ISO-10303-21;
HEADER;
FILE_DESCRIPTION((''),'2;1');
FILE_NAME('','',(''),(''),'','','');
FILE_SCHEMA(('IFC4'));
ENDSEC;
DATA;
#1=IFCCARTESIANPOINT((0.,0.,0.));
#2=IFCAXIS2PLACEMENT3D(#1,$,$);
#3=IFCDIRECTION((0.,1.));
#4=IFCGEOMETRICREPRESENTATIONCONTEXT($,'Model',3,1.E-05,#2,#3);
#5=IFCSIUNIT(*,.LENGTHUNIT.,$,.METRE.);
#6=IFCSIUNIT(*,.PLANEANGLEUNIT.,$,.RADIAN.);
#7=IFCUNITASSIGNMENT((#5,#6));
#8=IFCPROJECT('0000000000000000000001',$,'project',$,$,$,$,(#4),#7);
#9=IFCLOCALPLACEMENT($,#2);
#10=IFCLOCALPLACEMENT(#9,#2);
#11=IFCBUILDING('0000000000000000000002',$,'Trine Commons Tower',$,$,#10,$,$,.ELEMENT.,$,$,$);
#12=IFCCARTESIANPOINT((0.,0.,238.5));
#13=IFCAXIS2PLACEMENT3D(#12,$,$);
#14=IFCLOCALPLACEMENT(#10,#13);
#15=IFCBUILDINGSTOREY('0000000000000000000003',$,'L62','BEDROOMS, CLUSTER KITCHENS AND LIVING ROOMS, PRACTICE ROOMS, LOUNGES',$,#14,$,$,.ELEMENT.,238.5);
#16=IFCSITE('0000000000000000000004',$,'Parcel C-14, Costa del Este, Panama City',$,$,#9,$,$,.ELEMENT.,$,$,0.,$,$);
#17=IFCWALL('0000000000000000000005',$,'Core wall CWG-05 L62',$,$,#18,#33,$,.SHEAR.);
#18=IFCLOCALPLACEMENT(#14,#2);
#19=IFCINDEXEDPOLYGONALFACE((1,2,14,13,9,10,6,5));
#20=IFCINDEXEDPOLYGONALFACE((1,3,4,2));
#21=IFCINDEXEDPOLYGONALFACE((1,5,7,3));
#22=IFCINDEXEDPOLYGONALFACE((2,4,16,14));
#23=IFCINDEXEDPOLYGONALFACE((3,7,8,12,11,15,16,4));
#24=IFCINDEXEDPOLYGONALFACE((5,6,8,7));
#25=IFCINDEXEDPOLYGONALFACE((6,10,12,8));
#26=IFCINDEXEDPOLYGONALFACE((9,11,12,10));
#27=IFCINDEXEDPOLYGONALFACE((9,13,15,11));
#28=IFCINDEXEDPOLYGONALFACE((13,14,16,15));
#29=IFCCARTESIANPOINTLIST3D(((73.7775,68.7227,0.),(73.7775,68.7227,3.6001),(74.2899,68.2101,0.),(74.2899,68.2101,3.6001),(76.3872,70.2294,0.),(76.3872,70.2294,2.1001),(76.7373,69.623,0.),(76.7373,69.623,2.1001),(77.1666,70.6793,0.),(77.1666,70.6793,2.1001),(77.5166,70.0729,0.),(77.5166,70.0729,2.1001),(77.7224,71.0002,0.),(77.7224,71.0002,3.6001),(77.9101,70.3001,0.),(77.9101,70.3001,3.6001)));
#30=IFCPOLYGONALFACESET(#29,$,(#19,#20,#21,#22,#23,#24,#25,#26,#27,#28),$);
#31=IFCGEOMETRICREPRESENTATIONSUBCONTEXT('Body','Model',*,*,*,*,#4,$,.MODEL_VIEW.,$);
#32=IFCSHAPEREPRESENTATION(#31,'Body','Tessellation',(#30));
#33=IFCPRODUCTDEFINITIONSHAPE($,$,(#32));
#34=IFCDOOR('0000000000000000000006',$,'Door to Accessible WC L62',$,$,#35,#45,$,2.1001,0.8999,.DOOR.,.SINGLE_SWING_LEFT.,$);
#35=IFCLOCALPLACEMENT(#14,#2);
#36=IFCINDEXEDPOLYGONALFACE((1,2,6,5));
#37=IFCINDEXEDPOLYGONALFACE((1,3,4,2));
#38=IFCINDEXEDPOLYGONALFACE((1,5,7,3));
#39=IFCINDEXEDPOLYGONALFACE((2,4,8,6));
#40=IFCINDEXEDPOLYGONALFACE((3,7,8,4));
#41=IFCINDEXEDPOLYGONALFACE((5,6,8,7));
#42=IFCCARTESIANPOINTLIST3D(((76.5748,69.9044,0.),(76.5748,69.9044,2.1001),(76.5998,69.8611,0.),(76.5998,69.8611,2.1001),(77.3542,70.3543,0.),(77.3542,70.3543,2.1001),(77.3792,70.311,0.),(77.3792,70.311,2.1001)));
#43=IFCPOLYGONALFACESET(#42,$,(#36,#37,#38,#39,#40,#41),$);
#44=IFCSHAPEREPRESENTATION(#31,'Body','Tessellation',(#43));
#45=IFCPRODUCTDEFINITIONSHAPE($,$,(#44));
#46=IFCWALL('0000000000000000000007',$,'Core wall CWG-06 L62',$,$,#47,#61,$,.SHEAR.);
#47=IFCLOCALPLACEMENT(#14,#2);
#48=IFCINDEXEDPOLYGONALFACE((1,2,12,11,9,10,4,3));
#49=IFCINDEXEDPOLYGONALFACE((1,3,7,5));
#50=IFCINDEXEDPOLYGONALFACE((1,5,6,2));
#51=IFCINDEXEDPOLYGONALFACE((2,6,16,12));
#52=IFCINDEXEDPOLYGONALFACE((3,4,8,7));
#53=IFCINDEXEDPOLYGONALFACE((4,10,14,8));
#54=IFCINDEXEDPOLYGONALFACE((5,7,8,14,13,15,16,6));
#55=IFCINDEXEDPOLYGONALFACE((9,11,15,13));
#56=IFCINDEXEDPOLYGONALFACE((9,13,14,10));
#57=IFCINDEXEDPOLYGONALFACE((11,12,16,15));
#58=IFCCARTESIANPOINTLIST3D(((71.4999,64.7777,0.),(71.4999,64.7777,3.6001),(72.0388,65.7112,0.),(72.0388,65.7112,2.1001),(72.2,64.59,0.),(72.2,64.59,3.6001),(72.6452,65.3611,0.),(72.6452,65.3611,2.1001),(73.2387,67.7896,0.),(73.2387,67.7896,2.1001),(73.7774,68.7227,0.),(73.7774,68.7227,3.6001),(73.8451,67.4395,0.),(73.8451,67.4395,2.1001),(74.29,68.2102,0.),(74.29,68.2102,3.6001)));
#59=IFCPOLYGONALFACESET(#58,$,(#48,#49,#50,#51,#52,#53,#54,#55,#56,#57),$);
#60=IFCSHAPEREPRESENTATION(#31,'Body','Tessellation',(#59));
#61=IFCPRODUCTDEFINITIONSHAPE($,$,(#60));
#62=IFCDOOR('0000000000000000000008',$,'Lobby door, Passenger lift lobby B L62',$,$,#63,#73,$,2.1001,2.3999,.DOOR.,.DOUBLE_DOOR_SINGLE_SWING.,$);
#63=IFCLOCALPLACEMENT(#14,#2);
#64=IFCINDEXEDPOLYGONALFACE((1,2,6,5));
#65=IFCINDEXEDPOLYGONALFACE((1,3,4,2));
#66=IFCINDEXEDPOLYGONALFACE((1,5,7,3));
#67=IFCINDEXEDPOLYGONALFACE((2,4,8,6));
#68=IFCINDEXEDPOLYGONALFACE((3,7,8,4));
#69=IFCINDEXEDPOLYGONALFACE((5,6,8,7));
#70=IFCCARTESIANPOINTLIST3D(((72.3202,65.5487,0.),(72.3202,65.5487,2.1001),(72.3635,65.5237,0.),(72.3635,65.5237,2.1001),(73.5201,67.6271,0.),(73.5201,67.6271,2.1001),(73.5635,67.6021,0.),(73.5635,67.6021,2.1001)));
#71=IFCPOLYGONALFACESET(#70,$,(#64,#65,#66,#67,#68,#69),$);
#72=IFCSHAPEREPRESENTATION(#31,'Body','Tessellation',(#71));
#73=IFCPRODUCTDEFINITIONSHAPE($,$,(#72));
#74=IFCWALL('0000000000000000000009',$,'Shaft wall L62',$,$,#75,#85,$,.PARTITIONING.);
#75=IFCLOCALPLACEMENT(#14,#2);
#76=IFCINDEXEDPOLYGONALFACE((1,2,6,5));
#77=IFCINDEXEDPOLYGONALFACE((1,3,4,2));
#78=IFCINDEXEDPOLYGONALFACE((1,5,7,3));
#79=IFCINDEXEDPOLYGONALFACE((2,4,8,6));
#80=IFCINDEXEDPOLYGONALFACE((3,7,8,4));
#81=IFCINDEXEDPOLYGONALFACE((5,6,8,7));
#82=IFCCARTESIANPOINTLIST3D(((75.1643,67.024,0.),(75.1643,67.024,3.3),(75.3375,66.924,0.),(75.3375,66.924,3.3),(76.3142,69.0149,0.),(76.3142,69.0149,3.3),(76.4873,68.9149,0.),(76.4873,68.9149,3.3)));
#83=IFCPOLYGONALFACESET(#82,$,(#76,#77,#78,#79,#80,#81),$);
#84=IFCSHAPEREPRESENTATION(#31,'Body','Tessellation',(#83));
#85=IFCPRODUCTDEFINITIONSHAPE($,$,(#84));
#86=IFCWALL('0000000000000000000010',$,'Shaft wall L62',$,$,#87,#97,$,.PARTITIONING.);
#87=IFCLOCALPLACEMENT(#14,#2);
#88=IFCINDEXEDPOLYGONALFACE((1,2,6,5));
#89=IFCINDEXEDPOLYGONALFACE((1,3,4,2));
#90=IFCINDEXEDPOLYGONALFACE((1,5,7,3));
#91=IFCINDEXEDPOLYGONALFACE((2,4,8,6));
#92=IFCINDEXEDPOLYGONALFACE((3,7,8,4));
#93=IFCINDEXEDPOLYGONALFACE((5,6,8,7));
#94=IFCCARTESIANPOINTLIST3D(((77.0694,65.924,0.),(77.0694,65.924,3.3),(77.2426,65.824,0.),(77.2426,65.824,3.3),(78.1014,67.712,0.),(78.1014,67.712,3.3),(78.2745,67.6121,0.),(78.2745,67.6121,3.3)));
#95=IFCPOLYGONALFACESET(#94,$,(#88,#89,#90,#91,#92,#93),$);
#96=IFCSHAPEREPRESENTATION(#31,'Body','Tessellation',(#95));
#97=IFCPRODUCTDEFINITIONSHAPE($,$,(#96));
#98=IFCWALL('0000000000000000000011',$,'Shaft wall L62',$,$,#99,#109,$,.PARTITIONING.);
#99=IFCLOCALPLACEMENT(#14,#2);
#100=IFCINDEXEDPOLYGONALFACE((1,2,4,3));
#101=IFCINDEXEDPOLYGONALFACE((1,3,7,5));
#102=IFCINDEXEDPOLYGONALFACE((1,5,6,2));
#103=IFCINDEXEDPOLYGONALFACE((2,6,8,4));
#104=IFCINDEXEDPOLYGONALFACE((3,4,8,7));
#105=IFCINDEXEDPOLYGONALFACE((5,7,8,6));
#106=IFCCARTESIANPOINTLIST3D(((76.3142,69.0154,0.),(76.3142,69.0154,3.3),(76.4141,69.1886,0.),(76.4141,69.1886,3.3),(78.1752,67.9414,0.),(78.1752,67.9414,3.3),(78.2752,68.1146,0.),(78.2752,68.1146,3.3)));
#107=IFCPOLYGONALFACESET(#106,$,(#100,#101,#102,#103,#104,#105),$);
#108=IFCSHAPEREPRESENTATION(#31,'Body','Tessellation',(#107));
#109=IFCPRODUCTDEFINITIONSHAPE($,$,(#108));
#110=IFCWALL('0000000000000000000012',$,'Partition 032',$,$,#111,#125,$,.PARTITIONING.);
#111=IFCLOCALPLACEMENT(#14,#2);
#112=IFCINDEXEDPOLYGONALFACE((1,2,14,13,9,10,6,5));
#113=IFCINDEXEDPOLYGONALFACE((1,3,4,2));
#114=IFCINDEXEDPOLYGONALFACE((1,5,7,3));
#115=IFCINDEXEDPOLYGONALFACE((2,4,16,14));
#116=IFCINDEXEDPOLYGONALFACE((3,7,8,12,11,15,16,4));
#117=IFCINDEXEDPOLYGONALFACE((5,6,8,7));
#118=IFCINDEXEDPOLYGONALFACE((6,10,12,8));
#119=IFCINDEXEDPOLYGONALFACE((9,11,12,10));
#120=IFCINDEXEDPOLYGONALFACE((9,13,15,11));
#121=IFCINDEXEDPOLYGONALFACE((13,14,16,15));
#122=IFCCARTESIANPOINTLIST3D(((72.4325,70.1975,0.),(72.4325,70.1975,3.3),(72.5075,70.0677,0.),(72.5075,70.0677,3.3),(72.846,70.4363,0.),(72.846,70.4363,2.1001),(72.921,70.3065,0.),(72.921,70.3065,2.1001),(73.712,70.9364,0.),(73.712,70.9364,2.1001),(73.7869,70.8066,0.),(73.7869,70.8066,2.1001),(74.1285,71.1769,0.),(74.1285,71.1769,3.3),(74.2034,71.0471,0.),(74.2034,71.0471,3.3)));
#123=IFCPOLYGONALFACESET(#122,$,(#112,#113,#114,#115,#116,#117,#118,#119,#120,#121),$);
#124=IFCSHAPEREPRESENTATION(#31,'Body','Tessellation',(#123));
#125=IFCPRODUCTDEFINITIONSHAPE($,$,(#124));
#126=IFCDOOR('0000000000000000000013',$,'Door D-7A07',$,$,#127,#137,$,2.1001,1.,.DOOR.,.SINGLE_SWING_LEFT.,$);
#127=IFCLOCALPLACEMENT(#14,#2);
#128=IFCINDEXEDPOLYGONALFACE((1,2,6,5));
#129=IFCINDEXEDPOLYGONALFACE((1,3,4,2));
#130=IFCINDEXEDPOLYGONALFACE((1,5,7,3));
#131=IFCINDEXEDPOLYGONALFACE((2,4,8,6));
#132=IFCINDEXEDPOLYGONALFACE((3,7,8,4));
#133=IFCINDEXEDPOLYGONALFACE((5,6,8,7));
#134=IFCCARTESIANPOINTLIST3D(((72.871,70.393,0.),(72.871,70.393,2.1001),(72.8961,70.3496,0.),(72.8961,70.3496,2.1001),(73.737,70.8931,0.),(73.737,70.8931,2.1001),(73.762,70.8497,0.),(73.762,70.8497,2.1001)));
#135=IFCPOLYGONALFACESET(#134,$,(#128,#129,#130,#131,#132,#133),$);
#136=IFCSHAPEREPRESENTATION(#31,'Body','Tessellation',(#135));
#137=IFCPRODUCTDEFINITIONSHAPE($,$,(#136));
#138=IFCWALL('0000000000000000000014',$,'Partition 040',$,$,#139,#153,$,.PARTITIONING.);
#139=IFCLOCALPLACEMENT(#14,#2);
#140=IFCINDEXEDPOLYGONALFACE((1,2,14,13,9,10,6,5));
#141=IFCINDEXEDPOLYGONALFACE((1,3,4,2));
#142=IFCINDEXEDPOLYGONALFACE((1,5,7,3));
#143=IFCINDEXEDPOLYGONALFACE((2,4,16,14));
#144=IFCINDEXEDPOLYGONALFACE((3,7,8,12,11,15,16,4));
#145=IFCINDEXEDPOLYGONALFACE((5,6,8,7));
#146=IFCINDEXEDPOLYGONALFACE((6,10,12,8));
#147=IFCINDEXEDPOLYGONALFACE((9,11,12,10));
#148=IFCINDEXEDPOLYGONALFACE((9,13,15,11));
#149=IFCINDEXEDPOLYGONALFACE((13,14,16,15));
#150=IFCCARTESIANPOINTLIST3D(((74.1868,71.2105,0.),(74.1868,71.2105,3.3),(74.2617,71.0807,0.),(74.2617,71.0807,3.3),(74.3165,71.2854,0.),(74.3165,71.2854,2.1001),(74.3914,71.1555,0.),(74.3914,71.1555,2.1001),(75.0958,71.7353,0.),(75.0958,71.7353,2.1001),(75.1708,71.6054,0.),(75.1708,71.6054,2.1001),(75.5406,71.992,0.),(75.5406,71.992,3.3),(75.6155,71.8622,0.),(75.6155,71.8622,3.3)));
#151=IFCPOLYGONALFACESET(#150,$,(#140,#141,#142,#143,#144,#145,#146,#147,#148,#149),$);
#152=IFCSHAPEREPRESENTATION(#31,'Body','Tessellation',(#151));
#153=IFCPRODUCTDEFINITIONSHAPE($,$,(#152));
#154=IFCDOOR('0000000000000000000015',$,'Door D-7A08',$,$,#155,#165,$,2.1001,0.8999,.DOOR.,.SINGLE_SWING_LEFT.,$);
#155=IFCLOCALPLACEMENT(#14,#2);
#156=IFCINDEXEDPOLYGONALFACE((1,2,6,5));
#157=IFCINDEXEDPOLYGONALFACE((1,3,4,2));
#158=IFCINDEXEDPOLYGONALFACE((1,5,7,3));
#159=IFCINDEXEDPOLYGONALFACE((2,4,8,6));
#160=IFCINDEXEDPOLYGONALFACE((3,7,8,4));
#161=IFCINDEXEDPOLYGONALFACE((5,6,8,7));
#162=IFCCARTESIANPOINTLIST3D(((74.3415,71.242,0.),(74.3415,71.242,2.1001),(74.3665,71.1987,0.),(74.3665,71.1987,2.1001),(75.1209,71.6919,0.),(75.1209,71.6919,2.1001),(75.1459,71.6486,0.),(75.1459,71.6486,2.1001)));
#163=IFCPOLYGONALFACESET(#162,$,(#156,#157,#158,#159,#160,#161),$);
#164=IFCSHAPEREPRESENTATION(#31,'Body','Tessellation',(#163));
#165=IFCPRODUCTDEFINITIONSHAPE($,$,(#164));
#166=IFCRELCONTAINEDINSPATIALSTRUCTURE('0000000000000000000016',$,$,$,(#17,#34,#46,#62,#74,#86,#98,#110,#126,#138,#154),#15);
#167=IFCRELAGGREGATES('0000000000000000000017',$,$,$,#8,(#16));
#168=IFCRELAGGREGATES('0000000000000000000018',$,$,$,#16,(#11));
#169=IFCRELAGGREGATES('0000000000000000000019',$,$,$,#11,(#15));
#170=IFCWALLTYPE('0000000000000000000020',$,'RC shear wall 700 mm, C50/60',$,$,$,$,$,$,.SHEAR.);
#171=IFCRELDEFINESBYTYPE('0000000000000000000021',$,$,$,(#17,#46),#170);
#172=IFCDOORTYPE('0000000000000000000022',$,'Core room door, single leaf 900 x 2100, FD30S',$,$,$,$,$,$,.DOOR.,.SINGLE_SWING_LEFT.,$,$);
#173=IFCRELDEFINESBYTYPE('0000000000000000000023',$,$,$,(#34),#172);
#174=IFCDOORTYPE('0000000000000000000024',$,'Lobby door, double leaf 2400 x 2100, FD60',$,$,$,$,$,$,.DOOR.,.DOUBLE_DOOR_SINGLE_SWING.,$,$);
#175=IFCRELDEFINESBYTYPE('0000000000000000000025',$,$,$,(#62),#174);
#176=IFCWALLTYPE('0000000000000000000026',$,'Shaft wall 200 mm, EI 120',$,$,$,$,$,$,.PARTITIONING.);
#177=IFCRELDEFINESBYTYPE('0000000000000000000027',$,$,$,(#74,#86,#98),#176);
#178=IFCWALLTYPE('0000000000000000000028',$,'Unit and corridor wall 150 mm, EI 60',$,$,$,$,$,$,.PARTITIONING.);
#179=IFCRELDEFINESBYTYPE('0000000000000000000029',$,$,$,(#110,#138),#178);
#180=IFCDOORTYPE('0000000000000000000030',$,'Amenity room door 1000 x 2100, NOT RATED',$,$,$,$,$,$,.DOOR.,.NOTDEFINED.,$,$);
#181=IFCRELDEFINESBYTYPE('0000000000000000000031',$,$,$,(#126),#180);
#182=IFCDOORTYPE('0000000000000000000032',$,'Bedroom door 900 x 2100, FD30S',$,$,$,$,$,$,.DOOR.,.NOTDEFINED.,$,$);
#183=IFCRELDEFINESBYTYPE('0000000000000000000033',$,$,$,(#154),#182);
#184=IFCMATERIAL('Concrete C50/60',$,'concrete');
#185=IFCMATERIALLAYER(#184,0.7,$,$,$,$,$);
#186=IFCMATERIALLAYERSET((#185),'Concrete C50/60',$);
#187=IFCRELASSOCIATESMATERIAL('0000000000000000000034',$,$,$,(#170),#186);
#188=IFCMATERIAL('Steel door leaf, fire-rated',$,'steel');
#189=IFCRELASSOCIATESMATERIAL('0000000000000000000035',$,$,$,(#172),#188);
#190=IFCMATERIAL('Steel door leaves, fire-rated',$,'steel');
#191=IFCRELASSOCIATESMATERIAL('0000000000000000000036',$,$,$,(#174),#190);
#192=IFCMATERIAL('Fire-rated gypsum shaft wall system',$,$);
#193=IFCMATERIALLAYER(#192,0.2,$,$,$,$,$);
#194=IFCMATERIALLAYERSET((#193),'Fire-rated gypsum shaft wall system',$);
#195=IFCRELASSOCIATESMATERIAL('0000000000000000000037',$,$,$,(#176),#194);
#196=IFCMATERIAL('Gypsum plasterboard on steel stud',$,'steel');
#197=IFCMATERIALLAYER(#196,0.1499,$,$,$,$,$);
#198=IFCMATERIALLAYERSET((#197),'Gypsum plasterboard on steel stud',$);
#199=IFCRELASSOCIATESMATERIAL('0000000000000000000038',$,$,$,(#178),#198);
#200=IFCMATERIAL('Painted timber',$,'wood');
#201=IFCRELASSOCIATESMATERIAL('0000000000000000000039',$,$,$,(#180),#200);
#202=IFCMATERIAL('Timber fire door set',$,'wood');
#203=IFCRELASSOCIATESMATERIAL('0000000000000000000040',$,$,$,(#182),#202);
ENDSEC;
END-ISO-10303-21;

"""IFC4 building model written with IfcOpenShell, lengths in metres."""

from ifc_helpers import new_model, si_unit, direction, frame, frame_2d, origin, place, context, subcontext, project, spatial, polyline, rectangle, outline, extrude, material, layer, layer_set, type_object, element, fill, save


model = new_model("IFC4")

# Units and contexts
model_context = context("Model", 3, precision=1e-05, world=origin(), true_north=direction((0.0, 1.0)))
body_context = subcontext(model_context, "Body", "Model", "MODEL_VIEW")
ifc_project = project(units=[si_unit("LENGTHUNIT", "METRE"), si_unit("PLANEANGLEUNIT", "RADIAN")], contexts=[model_context])

# Site, building, storey
site_placement = place(None, origin())
site = spatial("IfcSite", under=ifc_project, at=site_placement, Name="Parcel C-14, Costa del Este, Panama City", CompositionType="ELEMENT", RefElevation=0.0)
building_placement = place(site_placement, origin())
building = spatial("IfcBuilding", under=site, at=building_placement, Name="Trine Commons Tower", CompositionType="ELEMENT")
storey_placement = place(building_placement, frame((0.0, 0.0, 238.5)))
storey = spatial("IfcBuildingStorey", under=building, at=storey_placement, Name="L62", Description="BEDROOMS, CLUSTER KITCHENS AND LIVING ROOMS, PRACTICE ROOMS, LOUNGES", CompositionType="ELEMENT", Elevation=238.5)

# Walls, openings, doors
ifc_material_1 = material(Name="Concrete C50/60", Category="concrete")
ifc_layer_1 = layer(ifc_material_1, 0.7)
ifc_layer_set_1 = layer_set([ifc_layer_1], Name="Concrete C50/60")
wall_type_1 = type_object("IfcWallType", Name="RC shear wall 700 mm, C50/60", PredefinedType="SHEAR", material=ifc_layer_set_1)
wall_1_placement = place(storey_placement, frame((77.8975, 70.697, 0.0), z_axis=(0.0, 0.0, 1.0), x_axis=(-0.866035, -0.499984, 0.0)))
wall_1 = element("IfcWall", 1, at=wall_1_placement, inside=storey, type_object=wall_type_1, Name="Core wall CWG-05 L62", PredefinedType="SHEAR", context=body_context, shape_type="SweptSolid", body=[
    extrude(outline(polyline([(0.0, -0.3501), (4.5552, -0.3501), (4.3677, 0.3501), (0.1875, 0.3501), (0.0, -0.3501)])), origin(), (0.0, 0.0, 1.0), 3.6001),
])
opening_1_placement = place(wall_1_placement, frame((0.6418, 0.0, 0.0)))
opening_1 = element("IfcOpeningElement", 2, at=opening_1_placement, cuts=wall_1, PredefinedType="OPENING", context=body_context, shape_type="SweptSolid", body=[
    extrude(rectangle(XDim=0.8999, YDim=2.1001, at=frame_2d((0.45, 1.05))), frame((0.0, 0.3599, 0.0), z_axis=(0.0, -1.0, 0.0), x_axis=(1.0, 0.0, 0.0)), (0.0, 0.0, 1.0), 0.72),
])
ifc_material_2 = material(Name="Steel door leaf, fire-rated", Category="steel")
door_type_1 = type_object("IfcDoorType", Name="Core room door, single leaf 900 x 2100, FD30S", OperationType="SINGLE_SWING_LEFT", PredefinedType="DOOR", material=ifc_material_2)
door_1_placement = place(opening_1_placement, origin())
door_1 = element("IfcDoor", 3, at=door_1_placement, inside=storey, type_object=door_type_1, Name="Door to Accessible WC L62", OperationType="SINGLE_SWING_LEFT", OverallHeight=2.1001, OverallWidth=0.8999, PredefinedType="DOOR", context=body_context, shape_type="SweptSolid", body=[
    extrude(rectangle(XDim=0.8999, YDim=2.1001, at=frame_2d((0.45, 1.05))), frame((0.0, 0.0752, 0.0), z_axis=(0.0, -1.0, 0.0), x_axis=(1.0, 0.0, 0.0)), (0.0, 0.0, 1.0), 0.05),
])
fill(opening_1, door_1)
wall_2_placement = place(storey_placement, frame((74.0806, 68.5476, 0.0), z_axis=(0.0, 0.0, 1.0), x_axis=(-0.499984, -0.866035, 0.0)))
wall_2 = element("IfcWall", 4, at=wall_2_placement, inside=storey, type_object=wall_type_1, Name="Core wall CWG-06 L62", PredefinedType="SHEAR", context=body_context, shape_type="SweptSolid", body=[
    extrude(outline(polyline([(0.0, -0.3501), (4.5552, -0.3501), (4.3677, 0.3501), (0.1875, 0.3501), (0.0, -0.3501)])), origin(), (0.0, 0.0, 1.0), 3.6001),
])
opening_2_placement = place(wall_2_placement, frame((1.0774, 0.0, 0.0)))
opening_2 = element("IfcOpeningElement", 5, at=opening_2_placement, cuts=wall_2, PredefinedType="OPENING", context=body_context, shape_type="SweptSolid", body=[
    extrude(rectangle(XDim=2.3999, YDim=2.1001, at=frame_2d((1.2, 1.05))), frame((0.0, 0.3599, 0.0), z_axis=(0.0, -1.0, 0.0), x_axis=(1.0, 0.0, 0.0)), (0.0, 0.0, 1.0), 0.72),
])
ifc_material_3 = material(Name="Steel door leaves, fire-rated", Category="steel")
door_type_2 = type_object("IfcDoorType", Name="Lobby door, double leaf 2400 x 2100, FD60", OperationType="DOUBLE_DOOR_SINGLE_SWING", PredefinedType="DOOR", material=ifc_material_3)
door_2_placement = place(opening_2_placement, origin())
door_2 = element("IfcDoor", 6, at=door_2_placement, inside=storey, type_object=door_type_2, Name="Lobby door, Passenger lift lobby B L62", OperationType="DOUBLE_DOOR_SINGLE_SWING", OverallHeight=2.1001, OverallWidth=2.3999, PredefinedType="DOOR", context=body_context, shape_type="SweptSolid", body=[
    extrude(rectangle(XDim=2.3999, YDim=2.1001, at=frame_2d((1.2, 1.05))), frame((0.0, 0.0249, 0.0), z_axis=(0.0, -1.0, 0.0), x_axis=(1.0, 0.0, 0.0)), (0.0, 0.0, 1.0), 0.05),
])
fill(opening_2, door_2)

# Walls
ifc_material_4 = material(Name="Fire-rated gypsum shaft wall system")
ifc_layer_2 = layer(ifc_material_4, 0.2)
ifc_layer_set_2 = layer_set([ifc_layer_2], Name="Fire-rated gypsum shaft wall system")
wall_type_2 = type_object("IfcWallType", Name="Shaft wall 200 mm, EI 120", PredefinedType="PARTITIONING", material=ifc_layer_set_2)
wall_3_placement = place(storey_placement, frame((75.251, 66.9741, 0.0), z_axis=(0.0, 0.0, 1.0), x_axis=(0.500136, 0.865947, 0.0)))
element("IfcWall", 7, at=wall_3_placement, inside=storey, type_object=wall_type_2, Name="Shaft wall L62", PredefinedType="PARTITIONING", context=body_context, shape_type="SweptSolid", body=[
    extrude(rectangle(XDim=2.2991, YDim=0.2, at=frame_2d((1.1494, 0.0))), origin(), (0.0, 0.0, 1.0), 3.3),
])
wall_4_placement = place(storey_placement, frame((77.156, 65.874, 0.0), z_axis=(0.0, 0.0, 1.0), x_axis=(0.499866, 0.866103, 0.0)))
element("IfcWall", 8, at=wall_4_placement, inside=storey, type_object=wall_type_2, Name="Shaft wall L62", PredefinedType="PARTITIONING", context=body_context, shape_type="SweptSolid", body=[
    extrude(rectangle(XDim=2.0645, YDim=0.2, at=frame_2d((1.0322, 0.0))), origin(), (0.0, 0.0, 1.0), 3.3),
])
wall_5_placement = place(storey_placement, frame((78.2251, 68.0281, 0.0), z_axis=(0.0, 0.0, 1.0), x_axis=(-0.866131, 0.499818, 0.0)))
element("IfcWall", 9, at=wall_5_placement, inside=storey, type_object=wall_type_2, Name="Shaft wall L62", PredefinedType="PARTITIONING", context=body_context, shape_type="SweptSolid", body=[
    extrude(rectangle(XDim=2.1487, YDim=0.2, at=frame_2d((1.0742, 0.0))), origin(), (0.0, 0.0, 1.0), 3.3),
])

# Walls, openings, doors
ifc_material_5 = material(Name="Gypsum plasterboard on steel stud", Category="steel")
ifc_layer_3 = layer(ifc_material_5, 0.1499)
ifc_layer_set_3 = layer_set([ifc_layer_3], Name="Gypsum plasterboard on steel stud")
wall_type_3 = type_object("IfcWallType", Name="Unit and corridor wall 150 mm, EI 60", PredefinedType="PARTITIONING", material=ifc_layer_set_3)
wall_6_placement = place(storey_placement, frame((72.47, 70.1326, 0.0), z_axis=(0.0, 0.0, 1.0), x_axis=(0.865963, 0.500107, 0.0)))
wall_6 = element("IfcWall", 10, at=wall_6_placement, inside=storey, type_object=wall_type_3, Name="Partition 032", PredefinedType="PARTITIONING", context=body_context, shape_type="SweptSolid", body=[
    extrude(rectangle(XDim=1.9585, YDim=0.1499, at=frame_2d((0.9792, 0.0))), origin(), (0.0, 0.0, 1.0), 3.3),
])
opening_3_placement = place(wall_6_placement, frame((0.4775, 0.0, 0.0)))
opening_3 = element("IfcOpeningElement", 11, at=opening_3_placement, cuts=wall_6, PredefinedType="OPENING", context=body_context, shape_type="SweptSolid", body=[
    extrude(rectangle(XDim=1.0, YDim=2.1001, at=frame_2d((0.5, 1.05))), frame((0.0, 0.085, 0.0), z_axis=(0.0, -1.0, 0.0), x_axis=(1.0, 0.0, 0.0)), (0.0, 0.0, 1.0), 0.1699),
])
ifc_material_6 = material(Name="Painted timber", Category="wood")
door_type_3 = type_object("IfcDoorType", Name="Amenity room door 1000 x 2100, NOT RATED", OperationType="NOTDEFINED", PredefinedType="DOOR", material=ifc_material_6)
door_3_placement = place(opening_3_placement, origin())
door_3 = element("IfcDoor", 12, at=door_3_placement, inside=storey, type_object=door_type_3, Name="Door D-7A07", OperationType="SINGLE_SWING_LEFT", OverallHeight=2.1001, OverallWidth=1.0, PredefinedType="DOOR", context=body_context, shape_type="SweptSolid", body=[
    extrude(rectangle(XDim=1.0, YDim=2.1001, at=frame_2d((0.5, 1.05))), frame((0.0, 0.0249, 0.0), z_axis=(0.0, -1.0, 0.0), x_axis=(1.0, 0.0, 0.0)), (0.0, 0.0, 1.0), 0.05),
])
fill(opening_3, door_3)
wall_7_placement = place(storey_placement, frame((74.2241, 71.1455, 0.0), z_axis=(0.0, 0.0, 1.0), x_axis=(0.866053, 0.499952, 0.0)))
wall_7 = element("IfcWall", 13, at=wall_7_placement, inside=storey, type_object=wall_type_3, Name="Partition 040", PredefinedType="PARTITIONING", context=body_context, shape_type="SweptSolid", body=[
    extrude(rectangle(XDim=1.5632, YDim=0.1499, at=frame_2d((0.7817, 0.0))), origin(), (0.0, 0.0, 1.0), 3.3),
])
opening_4_placement = place(wall_7_placement, frame((0.1499, 0.0, 0.0)))
opening_4 = element("IfcOpeningElement", 14, at=opening_4_placement, cuts=wall_7, PredefinedType="OPENING", context=body_context, shape_type="SweptSolid", body=[
    extrude(rectangle(XDim=0.8999, YDim=2.1001, at=frame_2d((0.45, 1.05))), frame((0.0, 0.085, 0.0), z_axis=(0.0, -1.0, 0.0), x_axis=(1.0, 0.0, 0.0)), (0.0, 0.0, 1.0), 0.1699),
])
ifc_material_7 = material(Name="Timber fire door set", Category="wood")
door_type_4 = type_object("IfcDoorType", Name="Bedroom door 900 x 2100, FD30S", OperationType="NOTDEFINED", PredefinedType="DOOR", material=ifc_material_7)
door_4_placement = place(opening_4_placement, origin())
door_4 = element("IfcDoor", 15, at=door_4_placement, inside=storey, type_object=door_type_4, Name="Door D-7A08", OperationType="SINGLE_SWING_LEFT", OverallHeight=2.1001, OverallWidth=0.8999, PredefinedType="DOOR", context=body_context, shape_type="SweptSolid", body=[
    extrude(rectangle(XDim=0.8999, YDim=2.1001, at=frame_2d((0.45, 1.05))), frame((0.0, 0.0249, 0.0), z_axis=(0.0, -1.0, 0.0), x_axis=(1.0, 0.0, 0.0)), (0.0, 0.0, 1.0), 0.05),
])
fill(opening_4, door_4)

save(model, "model.ifc")
